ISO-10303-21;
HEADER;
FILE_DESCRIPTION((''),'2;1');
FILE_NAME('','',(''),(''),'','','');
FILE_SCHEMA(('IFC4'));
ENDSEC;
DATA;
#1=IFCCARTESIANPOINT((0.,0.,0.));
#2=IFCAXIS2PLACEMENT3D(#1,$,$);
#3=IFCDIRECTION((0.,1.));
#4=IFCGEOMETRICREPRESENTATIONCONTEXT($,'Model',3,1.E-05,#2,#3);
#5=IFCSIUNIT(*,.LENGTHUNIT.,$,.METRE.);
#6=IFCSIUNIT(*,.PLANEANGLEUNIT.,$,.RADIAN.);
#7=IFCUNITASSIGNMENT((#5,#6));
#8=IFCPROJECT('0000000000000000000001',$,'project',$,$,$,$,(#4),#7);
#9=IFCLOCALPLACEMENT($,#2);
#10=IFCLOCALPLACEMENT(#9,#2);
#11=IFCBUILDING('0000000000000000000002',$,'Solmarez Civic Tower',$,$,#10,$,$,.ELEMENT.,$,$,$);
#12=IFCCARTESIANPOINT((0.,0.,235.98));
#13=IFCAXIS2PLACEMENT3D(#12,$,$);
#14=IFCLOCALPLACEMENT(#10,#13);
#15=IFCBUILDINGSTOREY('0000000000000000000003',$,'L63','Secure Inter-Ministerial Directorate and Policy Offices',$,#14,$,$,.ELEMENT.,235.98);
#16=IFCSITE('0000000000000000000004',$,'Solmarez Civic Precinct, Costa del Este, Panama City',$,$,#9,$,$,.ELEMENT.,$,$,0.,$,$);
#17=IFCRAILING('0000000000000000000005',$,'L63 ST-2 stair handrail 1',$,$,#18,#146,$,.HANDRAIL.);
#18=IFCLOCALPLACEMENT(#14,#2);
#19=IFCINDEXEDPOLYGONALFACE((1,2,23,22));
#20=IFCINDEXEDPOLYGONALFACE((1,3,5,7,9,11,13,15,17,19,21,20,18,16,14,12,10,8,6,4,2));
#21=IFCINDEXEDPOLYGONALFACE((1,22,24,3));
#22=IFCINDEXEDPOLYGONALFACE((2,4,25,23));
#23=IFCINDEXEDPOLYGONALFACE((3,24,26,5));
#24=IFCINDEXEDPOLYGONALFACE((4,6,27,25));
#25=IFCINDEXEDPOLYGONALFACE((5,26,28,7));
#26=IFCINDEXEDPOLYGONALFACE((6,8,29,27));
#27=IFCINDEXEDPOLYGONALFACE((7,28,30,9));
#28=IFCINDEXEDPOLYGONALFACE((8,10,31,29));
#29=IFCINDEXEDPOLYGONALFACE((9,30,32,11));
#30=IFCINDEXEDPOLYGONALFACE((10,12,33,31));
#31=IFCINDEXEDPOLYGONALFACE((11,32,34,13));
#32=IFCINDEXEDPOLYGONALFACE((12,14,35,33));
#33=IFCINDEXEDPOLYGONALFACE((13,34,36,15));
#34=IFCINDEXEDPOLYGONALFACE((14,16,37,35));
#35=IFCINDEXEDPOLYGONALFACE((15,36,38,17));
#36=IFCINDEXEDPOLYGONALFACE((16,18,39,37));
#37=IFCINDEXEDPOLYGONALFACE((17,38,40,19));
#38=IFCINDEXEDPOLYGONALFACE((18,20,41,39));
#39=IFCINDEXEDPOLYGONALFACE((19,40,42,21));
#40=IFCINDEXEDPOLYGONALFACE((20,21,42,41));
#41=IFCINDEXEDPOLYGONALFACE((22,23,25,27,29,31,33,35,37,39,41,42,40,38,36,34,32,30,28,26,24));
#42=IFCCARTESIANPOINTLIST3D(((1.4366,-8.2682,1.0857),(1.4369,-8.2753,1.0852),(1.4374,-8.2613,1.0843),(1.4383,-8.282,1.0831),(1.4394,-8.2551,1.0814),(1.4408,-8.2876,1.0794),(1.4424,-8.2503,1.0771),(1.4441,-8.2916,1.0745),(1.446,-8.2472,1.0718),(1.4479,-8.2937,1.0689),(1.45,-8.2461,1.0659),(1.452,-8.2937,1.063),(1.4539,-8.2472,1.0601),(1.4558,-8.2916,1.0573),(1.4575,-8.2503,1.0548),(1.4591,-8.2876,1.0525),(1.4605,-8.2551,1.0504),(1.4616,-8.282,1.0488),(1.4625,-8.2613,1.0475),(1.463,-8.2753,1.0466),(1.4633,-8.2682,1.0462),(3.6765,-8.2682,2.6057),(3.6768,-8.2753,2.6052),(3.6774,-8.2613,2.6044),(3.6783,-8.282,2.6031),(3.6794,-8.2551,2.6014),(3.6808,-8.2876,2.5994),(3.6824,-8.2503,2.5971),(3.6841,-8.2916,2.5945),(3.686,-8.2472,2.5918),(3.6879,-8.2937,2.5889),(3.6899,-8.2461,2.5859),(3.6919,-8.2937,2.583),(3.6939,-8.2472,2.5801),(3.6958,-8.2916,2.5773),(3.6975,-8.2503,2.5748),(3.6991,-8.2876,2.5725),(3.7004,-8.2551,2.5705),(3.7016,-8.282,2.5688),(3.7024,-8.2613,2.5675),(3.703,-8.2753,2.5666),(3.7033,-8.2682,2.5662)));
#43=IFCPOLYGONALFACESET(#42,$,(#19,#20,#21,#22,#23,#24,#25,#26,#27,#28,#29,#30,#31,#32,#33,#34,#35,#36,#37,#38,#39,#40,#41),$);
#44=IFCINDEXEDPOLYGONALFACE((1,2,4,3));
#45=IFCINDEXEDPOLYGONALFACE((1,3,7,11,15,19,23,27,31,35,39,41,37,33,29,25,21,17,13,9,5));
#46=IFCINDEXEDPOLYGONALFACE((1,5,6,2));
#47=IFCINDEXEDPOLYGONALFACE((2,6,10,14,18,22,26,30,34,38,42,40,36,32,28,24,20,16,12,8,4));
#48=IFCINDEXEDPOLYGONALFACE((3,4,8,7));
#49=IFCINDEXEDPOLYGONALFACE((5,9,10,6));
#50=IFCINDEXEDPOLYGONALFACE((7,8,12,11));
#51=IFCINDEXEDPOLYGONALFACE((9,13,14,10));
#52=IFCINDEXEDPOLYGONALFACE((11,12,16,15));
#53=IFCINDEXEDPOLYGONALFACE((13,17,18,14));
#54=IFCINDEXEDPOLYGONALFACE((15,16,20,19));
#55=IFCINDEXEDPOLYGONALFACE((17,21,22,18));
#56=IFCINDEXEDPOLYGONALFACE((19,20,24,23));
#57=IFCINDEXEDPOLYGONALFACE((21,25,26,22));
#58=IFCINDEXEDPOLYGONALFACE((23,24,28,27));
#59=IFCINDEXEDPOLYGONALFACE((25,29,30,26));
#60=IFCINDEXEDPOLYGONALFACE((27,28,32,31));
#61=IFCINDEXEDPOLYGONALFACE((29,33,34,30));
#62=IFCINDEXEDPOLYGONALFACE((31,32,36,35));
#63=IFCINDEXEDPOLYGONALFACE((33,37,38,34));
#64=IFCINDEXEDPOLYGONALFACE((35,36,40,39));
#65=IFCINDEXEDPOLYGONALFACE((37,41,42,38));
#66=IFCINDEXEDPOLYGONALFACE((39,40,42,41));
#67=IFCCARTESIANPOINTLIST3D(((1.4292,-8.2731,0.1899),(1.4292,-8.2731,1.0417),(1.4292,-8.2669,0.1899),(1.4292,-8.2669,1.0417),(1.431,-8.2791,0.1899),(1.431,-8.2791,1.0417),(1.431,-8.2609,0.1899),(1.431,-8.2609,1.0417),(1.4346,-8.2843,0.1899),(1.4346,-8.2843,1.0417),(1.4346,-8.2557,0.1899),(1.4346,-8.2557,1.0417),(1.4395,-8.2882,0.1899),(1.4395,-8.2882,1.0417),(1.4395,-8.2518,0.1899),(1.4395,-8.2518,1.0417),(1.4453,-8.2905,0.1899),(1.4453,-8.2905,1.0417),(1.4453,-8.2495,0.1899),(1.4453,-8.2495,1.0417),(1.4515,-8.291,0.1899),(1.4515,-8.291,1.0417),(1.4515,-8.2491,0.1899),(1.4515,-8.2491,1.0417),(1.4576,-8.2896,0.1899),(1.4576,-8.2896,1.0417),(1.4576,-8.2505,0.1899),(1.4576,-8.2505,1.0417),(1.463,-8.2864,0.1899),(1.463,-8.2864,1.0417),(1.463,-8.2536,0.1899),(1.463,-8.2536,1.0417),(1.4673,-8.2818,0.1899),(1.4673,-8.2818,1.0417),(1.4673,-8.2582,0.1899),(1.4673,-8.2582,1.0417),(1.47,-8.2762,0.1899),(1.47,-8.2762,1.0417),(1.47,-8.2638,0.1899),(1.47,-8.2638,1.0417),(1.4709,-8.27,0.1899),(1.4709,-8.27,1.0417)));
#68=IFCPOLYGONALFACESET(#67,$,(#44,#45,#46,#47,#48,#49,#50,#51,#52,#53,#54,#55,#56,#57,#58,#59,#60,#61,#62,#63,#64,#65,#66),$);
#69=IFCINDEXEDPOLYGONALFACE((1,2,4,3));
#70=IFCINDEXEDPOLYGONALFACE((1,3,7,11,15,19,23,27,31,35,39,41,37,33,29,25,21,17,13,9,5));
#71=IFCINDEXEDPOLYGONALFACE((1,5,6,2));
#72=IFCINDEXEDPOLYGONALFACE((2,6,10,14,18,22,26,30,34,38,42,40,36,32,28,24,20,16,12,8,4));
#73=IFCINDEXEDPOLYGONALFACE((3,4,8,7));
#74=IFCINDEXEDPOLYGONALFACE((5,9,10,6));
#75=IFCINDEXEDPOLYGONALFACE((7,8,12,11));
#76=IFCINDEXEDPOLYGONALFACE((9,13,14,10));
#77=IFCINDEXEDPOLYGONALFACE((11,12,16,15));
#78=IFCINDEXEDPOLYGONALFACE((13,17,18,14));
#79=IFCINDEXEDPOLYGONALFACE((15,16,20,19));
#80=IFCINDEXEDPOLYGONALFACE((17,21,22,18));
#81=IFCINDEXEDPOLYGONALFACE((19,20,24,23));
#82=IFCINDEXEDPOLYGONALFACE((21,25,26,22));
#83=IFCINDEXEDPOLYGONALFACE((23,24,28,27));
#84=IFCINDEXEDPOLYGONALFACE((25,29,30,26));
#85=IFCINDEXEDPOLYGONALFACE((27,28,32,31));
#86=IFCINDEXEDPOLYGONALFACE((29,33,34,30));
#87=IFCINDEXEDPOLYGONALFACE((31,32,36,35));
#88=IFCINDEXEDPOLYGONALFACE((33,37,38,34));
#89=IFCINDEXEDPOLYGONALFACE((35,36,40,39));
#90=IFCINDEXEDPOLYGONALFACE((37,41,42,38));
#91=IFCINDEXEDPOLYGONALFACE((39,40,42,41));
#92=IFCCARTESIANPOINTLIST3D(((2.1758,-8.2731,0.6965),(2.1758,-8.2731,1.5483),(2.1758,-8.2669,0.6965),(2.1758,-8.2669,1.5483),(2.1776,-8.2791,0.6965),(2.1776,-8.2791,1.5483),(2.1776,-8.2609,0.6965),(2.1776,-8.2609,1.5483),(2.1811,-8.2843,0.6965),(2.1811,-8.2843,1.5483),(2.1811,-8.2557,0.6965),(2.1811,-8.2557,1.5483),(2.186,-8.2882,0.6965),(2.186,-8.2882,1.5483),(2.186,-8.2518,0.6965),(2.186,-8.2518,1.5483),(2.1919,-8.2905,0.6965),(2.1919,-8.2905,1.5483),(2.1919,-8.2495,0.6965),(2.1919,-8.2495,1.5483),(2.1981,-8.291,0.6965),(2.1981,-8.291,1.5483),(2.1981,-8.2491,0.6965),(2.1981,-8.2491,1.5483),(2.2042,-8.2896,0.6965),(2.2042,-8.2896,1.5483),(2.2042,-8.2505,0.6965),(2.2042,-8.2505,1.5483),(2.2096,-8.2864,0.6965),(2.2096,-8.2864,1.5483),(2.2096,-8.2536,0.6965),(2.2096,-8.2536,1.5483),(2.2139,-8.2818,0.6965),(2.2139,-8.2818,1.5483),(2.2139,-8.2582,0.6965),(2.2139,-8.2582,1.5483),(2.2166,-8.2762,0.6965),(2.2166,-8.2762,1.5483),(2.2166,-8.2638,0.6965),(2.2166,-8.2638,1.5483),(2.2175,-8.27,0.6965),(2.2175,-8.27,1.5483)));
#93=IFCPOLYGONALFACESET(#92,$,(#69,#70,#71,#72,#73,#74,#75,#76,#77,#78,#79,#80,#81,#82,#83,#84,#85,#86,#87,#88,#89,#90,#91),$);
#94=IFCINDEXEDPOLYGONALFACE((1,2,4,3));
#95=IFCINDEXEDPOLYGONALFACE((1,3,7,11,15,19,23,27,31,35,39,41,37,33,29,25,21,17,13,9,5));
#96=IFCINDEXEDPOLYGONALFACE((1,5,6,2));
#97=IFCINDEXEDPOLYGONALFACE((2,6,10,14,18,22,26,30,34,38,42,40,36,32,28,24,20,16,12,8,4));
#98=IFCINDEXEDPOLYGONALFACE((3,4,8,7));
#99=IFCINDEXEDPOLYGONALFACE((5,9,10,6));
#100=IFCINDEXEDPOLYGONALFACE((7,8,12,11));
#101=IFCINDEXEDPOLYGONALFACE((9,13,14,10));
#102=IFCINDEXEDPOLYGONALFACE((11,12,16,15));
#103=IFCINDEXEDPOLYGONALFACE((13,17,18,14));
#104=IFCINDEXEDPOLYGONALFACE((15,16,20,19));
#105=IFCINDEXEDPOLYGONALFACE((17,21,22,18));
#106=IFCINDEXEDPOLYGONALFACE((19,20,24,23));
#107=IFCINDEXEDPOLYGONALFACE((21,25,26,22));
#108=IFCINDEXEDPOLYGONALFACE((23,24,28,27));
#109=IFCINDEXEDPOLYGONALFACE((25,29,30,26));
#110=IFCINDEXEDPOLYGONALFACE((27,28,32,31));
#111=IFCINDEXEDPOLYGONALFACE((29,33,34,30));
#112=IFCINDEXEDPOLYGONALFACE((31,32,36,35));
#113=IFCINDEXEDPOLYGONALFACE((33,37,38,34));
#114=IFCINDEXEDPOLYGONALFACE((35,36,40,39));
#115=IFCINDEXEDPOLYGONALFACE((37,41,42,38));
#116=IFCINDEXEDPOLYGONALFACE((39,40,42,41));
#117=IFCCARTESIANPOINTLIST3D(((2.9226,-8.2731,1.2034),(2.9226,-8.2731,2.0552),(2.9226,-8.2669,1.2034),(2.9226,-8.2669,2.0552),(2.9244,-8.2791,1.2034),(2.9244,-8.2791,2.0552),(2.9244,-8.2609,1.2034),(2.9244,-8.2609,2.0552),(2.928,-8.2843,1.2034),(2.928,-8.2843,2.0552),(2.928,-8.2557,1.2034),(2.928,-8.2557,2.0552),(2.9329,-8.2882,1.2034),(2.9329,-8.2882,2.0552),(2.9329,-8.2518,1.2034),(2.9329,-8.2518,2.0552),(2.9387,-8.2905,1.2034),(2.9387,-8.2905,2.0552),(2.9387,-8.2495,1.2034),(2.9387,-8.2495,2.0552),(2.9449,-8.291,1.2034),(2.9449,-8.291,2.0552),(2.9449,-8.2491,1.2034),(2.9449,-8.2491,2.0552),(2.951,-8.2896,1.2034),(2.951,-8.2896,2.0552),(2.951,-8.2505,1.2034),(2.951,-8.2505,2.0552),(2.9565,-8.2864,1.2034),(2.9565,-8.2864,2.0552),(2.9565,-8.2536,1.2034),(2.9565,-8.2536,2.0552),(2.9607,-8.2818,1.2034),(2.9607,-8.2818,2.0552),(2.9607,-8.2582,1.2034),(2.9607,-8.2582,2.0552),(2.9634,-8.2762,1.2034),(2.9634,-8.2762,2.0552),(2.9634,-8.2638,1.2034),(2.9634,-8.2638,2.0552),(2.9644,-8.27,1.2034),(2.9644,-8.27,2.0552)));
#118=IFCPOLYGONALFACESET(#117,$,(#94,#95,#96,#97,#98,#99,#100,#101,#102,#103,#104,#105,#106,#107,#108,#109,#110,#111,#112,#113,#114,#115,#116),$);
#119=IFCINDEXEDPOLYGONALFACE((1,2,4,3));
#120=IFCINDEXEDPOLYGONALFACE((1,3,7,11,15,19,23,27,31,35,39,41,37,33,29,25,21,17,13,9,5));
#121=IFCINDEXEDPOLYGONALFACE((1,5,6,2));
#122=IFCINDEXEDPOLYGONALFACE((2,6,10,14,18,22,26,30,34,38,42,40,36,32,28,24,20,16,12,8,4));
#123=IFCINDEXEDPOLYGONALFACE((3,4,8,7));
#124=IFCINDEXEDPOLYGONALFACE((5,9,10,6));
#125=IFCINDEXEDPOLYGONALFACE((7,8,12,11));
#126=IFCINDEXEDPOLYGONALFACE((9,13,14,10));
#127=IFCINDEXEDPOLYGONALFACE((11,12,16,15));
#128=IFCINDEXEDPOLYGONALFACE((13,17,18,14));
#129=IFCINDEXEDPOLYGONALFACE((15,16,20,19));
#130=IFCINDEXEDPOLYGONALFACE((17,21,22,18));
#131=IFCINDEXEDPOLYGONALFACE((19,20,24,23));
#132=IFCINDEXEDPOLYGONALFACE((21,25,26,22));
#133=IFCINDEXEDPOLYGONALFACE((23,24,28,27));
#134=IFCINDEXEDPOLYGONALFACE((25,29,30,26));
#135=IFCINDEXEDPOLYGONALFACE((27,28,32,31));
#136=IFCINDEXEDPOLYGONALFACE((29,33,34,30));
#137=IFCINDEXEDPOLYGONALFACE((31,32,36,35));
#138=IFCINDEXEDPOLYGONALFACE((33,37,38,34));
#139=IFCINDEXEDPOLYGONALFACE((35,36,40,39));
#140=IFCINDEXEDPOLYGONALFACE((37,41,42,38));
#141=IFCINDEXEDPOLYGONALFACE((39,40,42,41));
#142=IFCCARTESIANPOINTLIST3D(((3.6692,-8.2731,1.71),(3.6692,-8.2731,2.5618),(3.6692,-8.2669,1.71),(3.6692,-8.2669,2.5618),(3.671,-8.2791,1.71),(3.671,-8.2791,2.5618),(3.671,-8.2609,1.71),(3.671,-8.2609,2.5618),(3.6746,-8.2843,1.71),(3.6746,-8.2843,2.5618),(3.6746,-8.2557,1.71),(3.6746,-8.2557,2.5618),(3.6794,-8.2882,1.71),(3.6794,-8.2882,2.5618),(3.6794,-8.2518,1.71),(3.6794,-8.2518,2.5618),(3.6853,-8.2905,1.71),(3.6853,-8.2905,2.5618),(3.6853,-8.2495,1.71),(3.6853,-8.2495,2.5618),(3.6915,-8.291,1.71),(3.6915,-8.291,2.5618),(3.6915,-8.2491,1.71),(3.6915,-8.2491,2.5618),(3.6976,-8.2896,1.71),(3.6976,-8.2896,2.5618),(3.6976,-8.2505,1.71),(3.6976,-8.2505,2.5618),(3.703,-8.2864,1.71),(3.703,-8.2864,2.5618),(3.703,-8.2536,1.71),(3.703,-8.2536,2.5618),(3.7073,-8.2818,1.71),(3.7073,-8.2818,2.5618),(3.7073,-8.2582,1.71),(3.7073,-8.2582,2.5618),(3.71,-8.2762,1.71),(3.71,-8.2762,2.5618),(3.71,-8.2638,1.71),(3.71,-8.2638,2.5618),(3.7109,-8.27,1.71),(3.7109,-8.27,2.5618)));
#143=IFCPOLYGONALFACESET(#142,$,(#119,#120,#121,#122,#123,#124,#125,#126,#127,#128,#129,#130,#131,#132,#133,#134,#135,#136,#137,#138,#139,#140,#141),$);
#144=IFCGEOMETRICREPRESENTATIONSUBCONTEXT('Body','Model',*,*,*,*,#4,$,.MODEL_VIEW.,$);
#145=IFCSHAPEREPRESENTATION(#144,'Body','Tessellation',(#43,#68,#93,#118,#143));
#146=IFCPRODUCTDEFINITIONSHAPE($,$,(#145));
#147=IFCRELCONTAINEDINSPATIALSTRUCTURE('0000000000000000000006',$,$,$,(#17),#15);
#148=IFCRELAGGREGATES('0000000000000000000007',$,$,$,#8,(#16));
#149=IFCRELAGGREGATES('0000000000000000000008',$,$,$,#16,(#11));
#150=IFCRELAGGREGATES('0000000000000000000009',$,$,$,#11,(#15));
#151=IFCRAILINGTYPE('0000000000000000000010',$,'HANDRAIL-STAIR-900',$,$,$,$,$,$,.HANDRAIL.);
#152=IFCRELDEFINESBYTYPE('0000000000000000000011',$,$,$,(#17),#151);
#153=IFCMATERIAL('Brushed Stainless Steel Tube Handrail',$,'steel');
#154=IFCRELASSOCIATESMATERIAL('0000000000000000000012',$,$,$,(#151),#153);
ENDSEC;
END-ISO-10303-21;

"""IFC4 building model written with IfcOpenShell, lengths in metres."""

from ifc_helpers import new_model, si_unit, direction, frame, origin, origin_2d, place, context, subcontext, project, spatial, circle, extrude, material, type_object, element, save


model = new_model("IFC4")

# Units and contexts
model_context = context("Model", 3, precision=1e-05, world=origin(), true_north=direction((0.0, 1.0)))
body_context = subcontext(model_context, "Body", "Model", "MODEL_VIEW")
ifc_project = project(units=[si_unit("LENGTHUNIT", "METRE"), si_unit("PLANEANGLEUNIT", "RADIAN")], contexts=[model_context])

# Site, building, storey
site_placement = place(None, origin())
site = spatial("IfcSite", under=ifc_project, at=site_placement, Name="Solmarez Civic Precinct, Costa del Este, Panama City", CompositionType="ELEMENT", RefElevation=0.0)
building_placement = place(site_placement, origin())
building = spatial("IfcBuilding", under=site, at=building_placement, Name="Solmarez Civic Tower", CompositionType="ELEMENT")
storey_placement = place(building_placement, frame((0.0, 0.0, 235.98)))
storey = spatial("IfcBuildingStorey", under=building, at=storey_placement, Name="L63", Description="Secure Inter-Ministerial Directorate and Policy Offices", CompositionType="ELEMENT", Elevation=235.98)

# Railing
ifc_material_1 = material(Name="Brushed Stainless Steel Tube Handrail", Category="steel")
railing_type_1 = type_object("IfcRailingType", Name="HANDRAIL-STAIR-900", PredefinedType="HANDRAIL", material=ifc_material_1)
railing_1_placement = place(storey_placement, frame((1.45, -8.27, 0.1899)))
element("IfcRailing", 1, at=railing_1_placement, inside=storey, type_object=railing_type_1, Name="L63 ST-2 stair handrail 1", PredefinedType="HANDRAIL", context=body_context, shape_type="SweptSolid", body=[
    extrude(circle(Radius=0.0239, at=origin_2d()), frame((0.0, 0.0, 0.876), z_axis=(0.827471, 0.0, 0.561508), x_axis=(0.0, 1.0, 0.0)), (0.0, 0.0, 1.0), 2.707),
    extrude(circle(Radius=0.021, at=origin_2d()), origin(), (0.0, 0.0, 1.0), 0.8518),
    extrude(circle(Radius=0.021, at=origin_2d()), frame((0.7466, 0.0, 0.5066)), (0.0, 0.0, 1.0), 0.8518),
    extrude(circle(Radius=0.021, at=origin_2d()), frame((1.4934, 0.0, 1.0134)), (0.0, 0.0, 1.0), 0.8518),
    extrude(circle(Radius=0.021, at=origin_2d()), frame((2.24, 0.0, 1.52)), (0.0, 0.0, 1.0), 0.8518),
])

save(model, "model.ifc")
